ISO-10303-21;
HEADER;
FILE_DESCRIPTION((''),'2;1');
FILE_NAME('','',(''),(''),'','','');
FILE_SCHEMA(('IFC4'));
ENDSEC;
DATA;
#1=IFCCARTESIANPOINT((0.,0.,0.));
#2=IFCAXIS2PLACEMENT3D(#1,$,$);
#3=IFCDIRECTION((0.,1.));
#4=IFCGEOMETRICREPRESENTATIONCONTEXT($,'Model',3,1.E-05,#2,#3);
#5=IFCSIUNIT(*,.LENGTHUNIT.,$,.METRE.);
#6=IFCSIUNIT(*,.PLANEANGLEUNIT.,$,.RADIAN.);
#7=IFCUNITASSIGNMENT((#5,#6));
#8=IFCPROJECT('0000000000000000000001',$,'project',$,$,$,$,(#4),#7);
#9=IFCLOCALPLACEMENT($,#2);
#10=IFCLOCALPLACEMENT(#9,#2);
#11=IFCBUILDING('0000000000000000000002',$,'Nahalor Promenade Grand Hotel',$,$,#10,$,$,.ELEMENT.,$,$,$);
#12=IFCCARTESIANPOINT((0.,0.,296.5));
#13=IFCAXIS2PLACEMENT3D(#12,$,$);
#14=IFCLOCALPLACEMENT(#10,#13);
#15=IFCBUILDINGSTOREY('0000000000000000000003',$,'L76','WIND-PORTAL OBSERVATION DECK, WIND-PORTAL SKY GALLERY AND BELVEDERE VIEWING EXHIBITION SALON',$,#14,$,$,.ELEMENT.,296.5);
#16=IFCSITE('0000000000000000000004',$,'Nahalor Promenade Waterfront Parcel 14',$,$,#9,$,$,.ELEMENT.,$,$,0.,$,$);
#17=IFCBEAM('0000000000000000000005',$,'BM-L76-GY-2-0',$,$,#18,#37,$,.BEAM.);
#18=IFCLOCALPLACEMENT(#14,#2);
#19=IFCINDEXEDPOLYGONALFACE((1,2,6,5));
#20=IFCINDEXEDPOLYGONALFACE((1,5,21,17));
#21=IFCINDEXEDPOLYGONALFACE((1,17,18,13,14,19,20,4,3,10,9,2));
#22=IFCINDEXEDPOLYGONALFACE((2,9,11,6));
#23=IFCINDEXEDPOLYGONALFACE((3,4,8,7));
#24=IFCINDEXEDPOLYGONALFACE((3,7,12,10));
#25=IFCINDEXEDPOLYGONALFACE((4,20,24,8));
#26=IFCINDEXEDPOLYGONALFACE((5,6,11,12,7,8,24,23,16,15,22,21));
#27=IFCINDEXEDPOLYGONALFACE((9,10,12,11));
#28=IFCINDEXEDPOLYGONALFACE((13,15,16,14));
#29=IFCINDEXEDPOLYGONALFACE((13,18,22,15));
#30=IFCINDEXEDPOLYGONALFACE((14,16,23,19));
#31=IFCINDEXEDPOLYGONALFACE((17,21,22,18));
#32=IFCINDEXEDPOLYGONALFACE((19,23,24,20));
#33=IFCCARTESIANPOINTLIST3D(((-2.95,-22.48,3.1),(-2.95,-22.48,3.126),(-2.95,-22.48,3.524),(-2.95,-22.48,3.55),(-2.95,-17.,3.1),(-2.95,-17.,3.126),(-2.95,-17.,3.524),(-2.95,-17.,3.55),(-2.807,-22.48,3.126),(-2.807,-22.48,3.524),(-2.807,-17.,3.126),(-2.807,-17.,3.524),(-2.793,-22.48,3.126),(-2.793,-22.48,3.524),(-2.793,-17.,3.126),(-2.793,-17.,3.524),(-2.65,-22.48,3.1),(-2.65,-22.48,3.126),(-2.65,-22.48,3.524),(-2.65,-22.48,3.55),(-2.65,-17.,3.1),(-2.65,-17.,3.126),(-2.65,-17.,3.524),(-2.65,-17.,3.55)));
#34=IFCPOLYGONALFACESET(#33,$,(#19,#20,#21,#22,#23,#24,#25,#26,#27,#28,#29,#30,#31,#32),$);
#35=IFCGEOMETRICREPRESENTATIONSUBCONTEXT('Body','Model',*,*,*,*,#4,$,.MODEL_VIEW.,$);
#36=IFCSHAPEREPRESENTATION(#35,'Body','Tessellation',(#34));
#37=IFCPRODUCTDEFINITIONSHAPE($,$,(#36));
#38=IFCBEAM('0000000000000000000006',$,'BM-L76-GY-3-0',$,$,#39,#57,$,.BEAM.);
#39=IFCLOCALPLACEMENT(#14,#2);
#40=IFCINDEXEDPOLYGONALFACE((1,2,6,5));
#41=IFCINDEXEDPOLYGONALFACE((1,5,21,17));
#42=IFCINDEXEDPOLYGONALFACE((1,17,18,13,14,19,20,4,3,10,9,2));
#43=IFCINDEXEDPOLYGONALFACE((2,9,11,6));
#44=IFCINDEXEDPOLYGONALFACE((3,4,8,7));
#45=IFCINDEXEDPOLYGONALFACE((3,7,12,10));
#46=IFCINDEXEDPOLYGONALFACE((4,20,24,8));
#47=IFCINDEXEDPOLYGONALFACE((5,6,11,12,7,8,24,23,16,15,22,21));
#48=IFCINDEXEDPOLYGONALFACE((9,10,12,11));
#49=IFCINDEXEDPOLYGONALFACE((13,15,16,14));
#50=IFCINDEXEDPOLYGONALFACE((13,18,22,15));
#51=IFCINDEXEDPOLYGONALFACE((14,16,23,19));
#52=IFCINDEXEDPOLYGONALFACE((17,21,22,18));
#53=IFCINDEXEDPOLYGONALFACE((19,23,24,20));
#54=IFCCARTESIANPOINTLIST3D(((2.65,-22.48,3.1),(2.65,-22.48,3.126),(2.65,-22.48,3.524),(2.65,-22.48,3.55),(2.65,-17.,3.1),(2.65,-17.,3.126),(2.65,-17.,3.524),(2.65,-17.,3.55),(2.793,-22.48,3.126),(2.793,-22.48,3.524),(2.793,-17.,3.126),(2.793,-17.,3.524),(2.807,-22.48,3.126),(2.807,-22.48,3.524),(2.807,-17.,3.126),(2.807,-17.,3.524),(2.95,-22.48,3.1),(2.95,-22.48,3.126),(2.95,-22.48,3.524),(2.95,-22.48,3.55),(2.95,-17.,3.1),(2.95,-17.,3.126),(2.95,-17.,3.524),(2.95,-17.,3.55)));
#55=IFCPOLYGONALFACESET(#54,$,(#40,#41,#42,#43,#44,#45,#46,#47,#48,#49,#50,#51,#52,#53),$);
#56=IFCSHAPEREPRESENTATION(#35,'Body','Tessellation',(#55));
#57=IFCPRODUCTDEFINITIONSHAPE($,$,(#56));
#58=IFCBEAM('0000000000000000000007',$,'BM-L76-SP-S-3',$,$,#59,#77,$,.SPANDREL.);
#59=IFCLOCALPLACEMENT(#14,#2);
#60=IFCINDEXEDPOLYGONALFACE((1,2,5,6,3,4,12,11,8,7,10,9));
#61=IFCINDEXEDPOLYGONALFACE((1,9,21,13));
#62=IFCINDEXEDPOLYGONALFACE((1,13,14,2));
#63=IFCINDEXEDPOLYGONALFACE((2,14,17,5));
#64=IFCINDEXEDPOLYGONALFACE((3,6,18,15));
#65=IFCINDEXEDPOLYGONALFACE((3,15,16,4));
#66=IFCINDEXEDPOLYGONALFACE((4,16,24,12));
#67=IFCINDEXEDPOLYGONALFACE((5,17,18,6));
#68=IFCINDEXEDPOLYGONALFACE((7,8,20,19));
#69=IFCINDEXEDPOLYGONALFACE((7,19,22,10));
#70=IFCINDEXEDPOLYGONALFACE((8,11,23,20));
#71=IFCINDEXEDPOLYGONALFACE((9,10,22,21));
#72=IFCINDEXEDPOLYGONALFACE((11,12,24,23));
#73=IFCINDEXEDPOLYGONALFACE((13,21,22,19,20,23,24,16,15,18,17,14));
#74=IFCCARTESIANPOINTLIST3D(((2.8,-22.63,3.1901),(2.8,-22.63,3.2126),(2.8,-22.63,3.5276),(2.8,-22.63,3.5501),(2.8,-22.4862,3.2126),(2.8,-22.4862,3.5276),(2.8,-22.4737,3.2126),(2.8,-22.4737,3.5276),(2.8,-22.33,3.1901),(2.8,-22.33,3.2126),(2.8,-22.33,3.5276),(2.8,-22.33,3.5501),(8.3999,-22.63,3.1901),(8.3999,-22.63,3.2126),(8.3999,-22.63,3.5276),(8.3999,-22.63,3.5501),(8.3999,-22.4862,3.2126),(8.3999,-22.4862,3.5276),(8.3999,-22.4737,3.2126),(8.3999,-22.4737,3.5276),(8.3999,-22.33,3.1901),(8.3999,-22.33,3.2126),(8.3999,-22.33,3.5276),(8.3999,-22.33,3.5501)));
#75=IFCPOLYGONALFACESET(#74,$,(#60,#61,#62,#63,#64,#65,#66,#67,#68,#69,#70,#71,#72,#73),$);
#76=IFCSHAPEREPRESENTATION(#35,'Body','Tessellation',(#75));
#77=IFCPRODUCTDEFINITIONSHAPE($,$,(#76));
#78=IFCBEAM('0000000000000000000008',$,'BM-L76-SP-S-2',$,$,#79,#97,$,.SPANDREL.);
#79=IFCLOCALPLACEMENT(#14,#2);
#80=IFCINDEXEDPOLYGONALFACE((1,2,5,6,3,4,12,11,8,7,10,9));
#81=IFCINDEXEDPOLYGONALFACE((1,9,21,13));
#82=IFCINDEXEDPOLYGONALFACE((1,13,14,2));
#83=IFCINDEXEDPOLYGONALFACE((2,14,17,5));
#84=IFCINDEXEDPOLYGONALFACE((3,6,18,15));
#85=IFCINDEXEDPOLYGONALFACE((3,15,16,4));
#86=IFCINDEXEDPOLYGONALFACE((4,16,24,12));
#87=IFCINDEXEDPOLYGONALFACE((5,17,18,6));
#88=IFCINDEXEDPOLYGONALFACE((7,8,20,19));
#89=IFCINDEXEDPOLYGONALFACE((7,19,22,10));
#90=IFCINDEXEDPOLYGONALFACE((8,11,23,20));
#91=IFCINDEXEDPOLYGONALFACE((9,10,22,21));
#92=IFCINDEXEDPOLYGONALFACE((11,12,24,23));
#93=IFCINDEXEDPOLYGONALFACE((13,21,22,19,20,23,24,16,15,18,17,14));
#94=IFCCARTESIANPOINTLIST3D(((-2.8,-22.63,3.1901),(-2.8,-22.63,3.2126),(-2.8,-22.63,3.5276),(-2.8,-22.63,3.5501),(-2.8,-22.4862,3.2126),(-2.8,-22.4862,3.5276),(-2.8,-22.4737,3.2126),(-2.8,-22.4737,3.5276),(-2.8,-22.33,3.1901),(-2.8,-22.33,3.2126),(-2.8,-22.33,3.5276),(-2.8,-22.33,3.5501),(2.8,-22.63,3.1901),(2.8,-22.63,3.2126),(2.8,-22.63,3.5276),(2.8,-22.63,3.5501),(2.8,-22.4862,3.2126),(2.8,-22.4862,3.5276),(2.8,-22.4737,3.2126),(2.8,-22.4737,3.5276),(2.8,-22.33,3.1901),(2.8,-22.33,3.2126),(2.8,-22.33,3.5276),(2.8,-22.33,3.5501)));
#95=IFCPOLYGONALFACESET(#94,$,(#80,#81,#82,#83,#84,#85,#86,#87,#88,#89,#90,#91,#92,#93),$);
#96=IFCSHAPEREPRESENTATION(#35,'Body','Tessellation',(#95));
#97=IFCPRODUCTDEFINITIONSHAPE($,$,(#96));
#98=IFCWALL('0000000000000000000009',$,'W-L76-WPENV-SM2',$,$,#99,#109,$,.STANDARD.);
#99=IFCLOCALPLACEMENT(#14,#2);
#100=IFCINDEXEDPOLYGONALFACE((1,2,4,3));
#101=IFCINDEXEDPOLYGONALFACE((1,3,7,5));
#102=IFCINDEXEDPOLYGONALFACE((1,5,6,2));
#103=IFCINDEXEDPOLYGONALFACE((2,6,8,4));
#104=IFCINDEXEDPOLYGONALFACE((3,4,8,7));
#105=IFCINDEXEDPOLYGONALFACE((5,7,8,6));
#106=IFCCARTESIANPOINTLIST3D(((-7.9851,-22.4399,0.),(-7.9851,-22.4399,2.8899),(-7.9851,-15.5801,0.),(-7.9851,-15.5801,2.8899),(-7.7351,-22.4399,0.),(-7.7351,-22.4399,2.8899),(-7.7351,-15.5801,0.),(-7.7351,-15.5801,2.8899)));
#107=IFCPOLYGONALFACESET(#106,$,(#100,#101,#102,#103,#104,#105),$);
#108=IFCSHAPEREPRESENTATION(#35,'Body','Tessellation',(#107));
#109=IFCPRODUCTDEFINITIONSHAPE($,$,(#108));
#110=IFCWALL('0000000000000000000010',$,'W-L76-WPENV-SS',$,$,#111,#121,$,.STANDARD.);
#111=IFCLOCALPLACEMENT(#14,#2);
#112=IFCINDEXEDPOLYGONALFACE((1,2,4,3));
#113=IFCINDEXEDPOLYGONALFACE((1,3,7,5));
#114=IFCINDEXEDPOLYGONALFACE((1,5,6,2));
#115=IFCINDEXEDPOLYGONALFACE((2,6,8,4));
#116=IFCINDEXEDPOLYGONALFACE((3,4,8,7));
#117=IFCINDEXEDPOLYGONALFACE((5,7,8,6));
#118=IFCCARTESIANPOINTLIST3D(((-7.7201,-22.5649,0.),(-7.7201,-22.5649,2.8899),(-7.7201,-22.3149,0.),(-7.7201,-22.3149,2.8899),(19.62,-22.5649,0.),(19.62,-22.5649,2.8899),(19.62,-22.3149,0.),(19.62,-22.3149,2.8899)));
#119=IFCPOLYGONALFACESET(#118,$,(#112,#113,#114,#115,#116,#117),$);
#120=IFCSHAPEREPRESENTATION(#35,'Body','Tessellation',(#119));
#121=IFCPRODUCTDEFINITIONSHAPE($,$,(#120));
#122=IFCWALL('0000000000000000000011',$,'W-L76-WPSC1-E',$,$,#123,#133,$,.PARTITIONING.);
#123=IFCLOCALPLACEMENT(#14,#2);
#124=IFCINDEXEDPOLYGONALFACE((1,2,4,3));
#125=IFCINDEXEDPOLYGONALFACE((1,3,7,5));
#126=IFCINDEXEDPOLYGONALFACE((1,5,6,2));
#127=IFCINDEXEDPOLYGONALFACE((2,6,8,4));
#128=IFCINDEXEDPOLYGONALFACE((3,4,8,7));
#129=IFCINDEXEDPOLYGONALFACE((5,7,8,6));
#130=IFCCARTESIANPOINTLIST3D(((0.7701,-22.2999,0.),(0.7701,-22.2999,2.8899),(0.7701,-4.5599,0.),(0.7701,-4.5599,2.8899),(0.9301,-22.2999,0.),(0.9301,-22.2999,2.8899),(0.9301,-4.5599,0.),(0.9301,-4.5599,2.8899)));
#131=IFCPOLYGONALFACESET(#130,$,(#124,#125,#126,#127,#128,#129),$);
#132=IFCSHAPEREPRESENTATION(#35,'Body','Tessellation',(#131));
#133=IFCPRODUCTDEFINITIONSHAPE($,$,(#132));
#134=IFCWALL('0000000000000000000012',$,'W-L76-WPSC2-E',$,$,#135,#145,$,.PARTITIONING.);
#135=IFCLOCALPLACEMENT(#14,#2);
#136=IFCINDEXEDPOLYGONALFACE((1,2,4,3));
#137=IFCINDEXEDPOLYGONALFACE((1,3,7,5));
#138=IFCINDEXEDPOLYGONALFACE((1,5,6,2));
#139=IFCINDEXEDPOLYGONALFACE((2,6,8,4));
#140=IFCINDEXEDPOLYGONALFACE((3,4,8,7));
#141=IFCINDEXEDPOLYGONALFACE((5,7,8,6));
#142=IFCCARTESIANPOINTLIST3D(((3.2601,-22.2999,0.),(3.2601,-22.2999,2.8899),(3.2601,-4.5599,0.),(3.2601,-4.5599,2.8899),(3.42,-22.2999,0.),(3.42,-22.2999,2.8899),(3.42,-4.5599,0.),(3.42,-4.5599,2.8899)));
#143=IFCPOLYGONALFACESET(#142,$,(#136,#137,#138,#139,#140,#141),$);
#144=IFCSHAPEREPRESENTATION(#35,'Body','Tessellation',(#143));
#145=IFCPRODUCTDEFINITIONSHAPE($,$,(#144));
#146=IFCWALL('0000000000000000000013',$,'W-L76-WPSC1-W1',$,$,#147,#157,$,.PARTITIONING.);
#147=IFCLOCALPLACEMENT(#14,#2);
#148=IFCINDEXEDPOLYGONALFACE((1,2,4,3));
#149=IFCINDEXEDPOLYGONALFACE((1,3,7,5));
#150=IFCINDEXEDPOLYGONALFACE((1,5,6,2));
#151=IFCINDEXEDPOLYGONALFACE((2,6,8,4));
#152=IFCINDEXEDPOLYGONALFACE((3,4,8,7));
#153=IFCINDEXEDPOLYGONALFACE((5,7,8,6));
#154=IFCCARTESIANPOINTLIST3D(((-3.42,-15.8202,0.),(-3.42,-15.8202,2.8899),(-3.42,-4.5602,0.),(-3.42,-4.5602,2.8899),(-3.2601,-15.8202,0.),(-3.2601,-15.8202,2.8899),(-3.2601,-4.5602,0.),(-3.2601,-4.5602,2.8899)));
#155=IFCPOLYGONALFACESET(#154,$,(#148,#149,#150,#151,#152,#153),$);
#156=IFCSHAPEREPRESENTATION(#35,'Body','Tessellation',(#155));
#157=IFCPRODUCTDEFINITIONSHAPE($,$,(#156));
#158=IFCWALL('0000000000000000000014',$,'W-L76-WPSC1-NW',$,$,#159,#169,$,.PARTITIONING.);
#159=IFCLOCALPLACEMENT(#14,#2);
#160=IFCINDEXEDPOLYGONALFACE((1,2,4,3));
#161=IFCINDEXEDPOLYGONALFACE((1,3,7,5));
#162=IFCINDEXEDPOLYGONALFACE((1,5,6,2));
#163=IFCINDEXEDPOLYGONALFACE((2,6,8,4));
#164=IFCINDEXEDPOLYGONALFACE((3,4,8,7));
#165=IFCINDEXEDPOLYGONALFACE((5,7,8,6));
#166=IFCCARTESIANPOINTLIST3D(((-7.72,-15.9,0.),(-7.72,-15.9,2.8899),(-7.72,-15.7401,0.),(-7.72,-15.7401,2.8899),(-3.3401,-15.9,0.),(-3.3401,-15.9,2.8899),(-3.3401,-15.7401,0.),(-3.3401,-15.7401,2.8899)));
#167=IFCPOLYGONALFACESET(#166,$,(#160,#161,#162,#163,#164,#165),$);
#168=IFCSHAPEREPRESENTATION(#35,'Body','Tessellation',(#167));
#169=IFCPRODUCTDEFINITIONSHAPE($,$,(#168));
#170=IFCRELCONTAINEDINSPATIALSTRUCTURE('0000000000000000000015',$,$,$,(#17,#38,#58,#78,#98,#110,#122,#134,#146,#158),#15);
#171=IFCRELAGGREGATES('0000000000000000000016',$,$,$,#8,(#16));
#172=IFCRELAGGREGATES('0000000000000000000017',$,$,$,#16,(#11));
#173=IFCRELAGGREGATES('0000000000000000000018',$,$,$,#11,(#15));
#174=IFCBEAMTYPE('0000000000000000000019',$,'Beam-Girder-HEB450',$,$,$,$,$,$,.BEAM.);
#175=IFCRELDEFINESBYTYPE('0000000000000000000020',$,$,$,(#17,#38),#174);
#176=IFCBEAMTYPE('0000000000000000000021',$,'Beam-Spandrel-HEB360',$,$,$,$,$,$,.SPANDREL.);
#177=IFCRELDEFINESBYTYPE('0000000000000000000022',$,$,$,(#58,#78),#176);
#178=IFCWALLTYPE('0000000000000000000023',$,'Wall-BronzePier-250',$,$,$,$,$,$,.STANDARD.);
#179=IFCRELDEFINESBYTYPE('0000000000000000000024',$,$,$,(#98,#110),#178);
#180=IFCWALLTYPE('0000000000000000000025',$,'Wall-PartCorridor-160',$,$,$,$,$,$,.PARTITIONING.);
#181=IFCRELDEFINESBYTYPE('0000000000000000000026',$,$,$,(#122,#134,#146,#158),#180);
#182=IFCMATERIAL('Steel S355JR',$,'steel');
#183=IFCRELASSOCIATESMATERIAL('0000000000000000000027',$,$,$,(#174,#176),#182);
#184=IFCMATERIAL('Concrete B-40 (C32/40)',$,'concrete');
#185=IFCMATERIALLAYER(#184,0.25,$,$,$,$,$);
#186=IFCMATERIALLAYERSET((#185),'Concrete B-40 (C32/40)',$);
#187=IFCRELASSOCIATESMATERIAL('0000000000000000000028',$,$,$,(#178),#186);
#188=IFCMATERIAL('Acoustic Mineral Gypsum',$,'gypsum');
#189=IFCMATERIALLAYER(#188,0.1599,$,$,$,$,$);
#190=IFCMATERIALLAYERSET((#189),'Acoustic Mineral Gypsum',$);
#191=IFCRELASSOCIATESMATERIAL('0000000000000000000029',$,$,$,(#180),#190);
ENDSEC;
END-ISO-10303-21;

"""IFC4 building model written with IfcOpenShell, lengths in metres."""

from ifc_helpers import new_model, si_unit, direction, frame, frame_2d, origin, origin_2d, place, context, subcontext, project, spatial, rectangle, i_section, extrude, source, transform, mapped, material, layer, layer_set, material_profile, profile_set, type_object, element, save


model = new_model("IFC4")

# Units and contexts
model_context = context("Model", 3, precision=1e-05, world=origin(), true_north=direction((0.0, 1.0)))
body_context = subcontext(model_context, "Body", "Model", "MODEL_VIEW")
ifc_project = project(units=[si_unit("LENGTHUNIT", "METRE"), si_unit("PLANEANGLEUNIT", "RADIAN")], contexts=[model_context])

# Site, building, storey
site_placement = place(None, origin())
site = spatial("IfcSite", under=ifc_project, at=site_placement, Name="Nahalor Promenade Waterfront Parcel 14", CompositionType="ELEMENT", RefElevation=0.0)
building_placement = place(site_placement, origin())
building = spatial("IfcBuilding", under=site, at=building_placement, Name="Nahalor Promenade Grand Hotel", CompositionType="ELEMENT")
storey_placement = place(building_placement, frame((0.0, 0.0, 296.5)))
storey = spatial("IfcBuildingStorey", under=building, at=storey_placement, Name="L76", Description="WIND-PORTAL OBSERVATION DECK, WIND-PORTAL SKY GALLERY AND BELVEDERE VIEWING EXHIBITION SALON", CompositionType="ELEMENT", Elevation=296.5)

# Shared definitions
ifc_material_1 = material(Name="Steel S355JR", Category="steel")

# Beams
ifc_material_profile_1 = material_profile(ifc_material_1, i_section(OverallWidth=0.3, OverallDepth=0.45, WebThickness=0.014, FlangeThickness=0.026, at=origin_2d()), Name="HEB 450")
ifc_profile_set_1 = profile_set([ifc_material_profile_1], Name="Steel S355JR")
beam_type_1 = type_object("IfcBeamType", Name="Beam-Girder-HEB450", PredefinedType="BEAM", material=ifc_profile_set_1)
shared_shape_1 = source(origin(), body_context, "Body", "SweptSolid", [
    extrude(i_section(OverallWidth=0.3, OverallDepth=0.45, WebThickness=0.014, FlangeThickness=0.026, at=origin_2d()), origin(), (0.0, 0.0, 1.0), 5.48),
])
for number, where, z_axis, x_axis, name in (
    (1, (-2.8, -22.48, 3.325), (0.0, 1.0, 0.0), (-1.0, 0.0, 0.0), "BM-L76-GY-2-0"),
    (2, (2.8, -22.48, 3.325), (0.0, 1.0, 0.0), (-1.0, 0.0, 0.0), "BM-L76-GY-3-0"),
):
    element("IfcBeam", number, at=place(storey_placement, frame(where, z_axis=z_axis, x_axis=x_axis)), inside=storey, type_object=beam_type_1, Name=name, PredefinedType="BEAM", context=body_context, shape_type="MappedRepresentation", body=[
        mapped(shared_shape_1, transform((0.0, 0.0, 0.0), scale=1.0)),
    ])
ifc_material_profile_2 = material_profile(ifc_material_1, i_section(OverallWidth=0.3, OverallDepth=0.36, WebThickness=0.0125, FlangeThickness=0.0225, at=origin_2d()), Name="HEB 360")
ifc_profile_set_2 = profile_set([ifc_material_profile_2], Name="Steel S355JR")
beam_type_2 = type_object("IfcBeamType", Name="Beam-Spandrel-HEB360", PredefinedType="SPANDREL", material=ifc_profile_set_2)
shared_shape_2 = source(origin(), body_context, "Body", "SweptSolid", [
    extrude(i_section(OverallWidth=0.3, OverallDepth=0.36, WebThickness=0.0125, FlangeThickness=0.0225, at=origin_2d()), origin(), (0.0, 0.0, 1.0), 5.5999),
])
beam_1_placement = place(storey_placement, frame((2.8, -22.48, 3.3701), z_axis=(1.0, 0.0, 0.0), x_axis=(0.0, 1.0, 0.0)))
element("IfcBeam", 3, at=beam_1_placement, inside=storey, type_object=beam_type_2, Name="BM-L76-SP-S-3", PredefinedType="SPANDREL", context=body_context, shape_type="MappedRepresentation", body=[
    mapped(shared_shape_2, transform((0.0, 0.0, 0.0), scale=1.0)),
])
shared_shape_3 = source(origin(), body_context, "Body", "SweptSolid", [
    extrude(i_section(OverallWidth=0.3, OverallDepth=0.36, WebThickness=0.0125, FlangeThickness=0.0225, at=origin_2d()), origin(), (0.0, 0.0, 1.0), 5.6001),
])
beam_2_placement = place(storey_placement, frame((-2.8, -22.48, 3.3701), z_axis=(1.0, 0.0, 0.0), x_axis=(0.0, 1.0, 0.0)))
element("IfcBeam", 4, at=beam_2_placement, inside=storey, type_object=beam_type_2, Name="BM-L76-SP-S-2", PredefinedType="SPANDREL", context=body_context, shape_type="MappedRepresentation", body=[
    mapped(shared_shape_3, transform((0.0, 0.0, 0.0), scale=1.0)),
])

# Walls
ifc_material_2 = material(Name="Concrete B-40 (C32/40)", Category="concrete")
ifc_layer_1 = layer(ifc_material_2, 0.25)
ifc_layer_set_1 = layer_set([ifc_layer_1], Name="Concrete B-40 (C32/40)")
wall_type_1 = type_object("IfcWallType", Name="Wall-BronzePier-250", PredefinedType="STANDARD", material=ifc_layer_set_1)
shared_shape_4 = source(origin(), body_context, "Body", "SweptSolid", [
    extrude(rectangle(XDim=6.8599, YDim=0.25, at=frame_2d((3.4299, 0.0))), origin(), (0.0, 0.0, 1.0), 2.8899),
])
wall_1_placement = place(storey_placement, frame((-7.8601, -22.4399, 0.0), z_axis=(0.0, 0.0, 1.0), x_axis=(0.0, 1.0, 0.0)))
element("IfcWall", 5, at=wall_1_placement, inside=storey, type_object=wall_type_1, Name="W-L76-WPENV-SM2", PredefinedType="STANDARD", context=body_context, shape_type="MappedRepresentation", body=[
    mapped(shared_shape_4, transform((0.0, 0.0, 0.0), scale=1.0)),
])
shared_shape_5 = source(origin(), body_context, "Body", "SweptSolid", [
    extrude(rectangle(XDim=27.3401, YDim=0.25, at=frame_2d((13.6699, 0.0))), origin(), (0.0, 0.0, 1.0), 2.8899),
])
wall_2_placement = place(storey_placement, frame((-7.72, -22.4399, 0.0), z_axis=(0.0, 0.0, 1.0), x_axis=(1.0, 0.0, 0.0)))
element("IfcWall", 6, at=wall_2_placement, inside=storey, type_object=wall_type_1, Name="W-L76-WPENV-SS", PredefinedType="STANDARD", context=body_context, shape_type="MappedRepresentation", body=[
    mapped(shared_shape_5, transform((0.0, 0.0, 0.0), scale=1.0)),
])
ifc_material_3 = material(Name="Acoustic Mineral Gypsum", Category="gypsum")
ifc_layer_2 = layer(ifc_material_3, 0.1599)
ifc_layer_set_2 = layer_set([ifc_layer_2], Name="Acoustic Mineral Gypsum")
wall_type_2 = type_object("IfcWallType", Name="Wall-PartCorridor-160", PredefinedType="PARTITIONING", material=ifc_layer_set_2)
shared_shape_6 = source(origin(), body_context, "Body", "SweptSolid", [
    extrude(rectangle(XDim=17.74, YDim=0.1599, at=frame_2d((8.8701, 0.0))), origin(), (0.0, 0.0, 1.0), 2.8899),
])
for number, where, z_axis, x_axis, name in (
    (7, (0.8501, -22.3, 0.0), (0.0, 0.0, 1.0), (0.0, 1.0, 0.0), "W-L76-WPSC1-E"),
    (8, (3.3401, -22.3, 0.0), (0.0, 0.0, 1.0), (0.0, 1.0, 0.0), "W-L76-WPSC2-E"),
):
    element("IfcWall", number, at=place(storey_placement, frame(where, z_axis=z_axis, x_axis=x_axis)), inside=storey, type_object=wall_type_2, Name=name, PredefinedType="PARTITIONING", context=body_context, shape_type="MappedRepresentation", body=[
        mapped(shared_shape_6, transform((0.0, 0.0, 0.0), scale=1.0)),
    ])
shared_shape_7 = source(origin(), body_context, "Body", "SweptSolid", [
    extrude(rectangle(XDim=11.26, YDim=0.1599, at=frame_2d((5.6299, 0.0))), origin(), (0.0, 0.0, 1.0), 2.8899),
])
wall_3_placement = place(storey_placement, frame((-3.3401, -15.8201, 0.0), z_axis=(0.0, 0.0, 1.0), x_axis=(0.0, 1.0, 0.0)))
element("IfcWall", 9, at=wall_3_placement, inside=storey, type_object=wall_type_2, Name="W-L76-WPSC1-W1", PredefinedType="PARTITIONING", context=body_context, shape_type="MappedRepresentation", body=[
    mapped(shared_shape_7, transform((0.0, 0.0, 0.0), scale=1.0)),
])
shared_shape_8 = source(origin(), body_context, "Body", "SweptSolid", [
    extrude(rectangle(XDim=4.3799, YDim=0.1599, at=frame_2d((2.1899, 0.0))), origin(), (0.0, 0.0, 1.0), 2.8899),
])
wall_4_placement = place(storey_placement, frame((-7.72, -15.8201, 0.0), z_axis=(0.0, 0.0, 1.0), x_axis=(1.0, 0.0, 0.0)))
element("IfcWall", 10, at=wall_4_placement, inside=storey, type_object=wall_type_2, Name="W-L76-WPSC1-NW", PredefinedType="PARTITIONING", context=body_context, shape_type="MappedRepresentation", body=[
    mapped(shared_shape_8, transform((0.0, 0.0, 0.0), scale=1.0)),
])

save(model, "model.ifc")
